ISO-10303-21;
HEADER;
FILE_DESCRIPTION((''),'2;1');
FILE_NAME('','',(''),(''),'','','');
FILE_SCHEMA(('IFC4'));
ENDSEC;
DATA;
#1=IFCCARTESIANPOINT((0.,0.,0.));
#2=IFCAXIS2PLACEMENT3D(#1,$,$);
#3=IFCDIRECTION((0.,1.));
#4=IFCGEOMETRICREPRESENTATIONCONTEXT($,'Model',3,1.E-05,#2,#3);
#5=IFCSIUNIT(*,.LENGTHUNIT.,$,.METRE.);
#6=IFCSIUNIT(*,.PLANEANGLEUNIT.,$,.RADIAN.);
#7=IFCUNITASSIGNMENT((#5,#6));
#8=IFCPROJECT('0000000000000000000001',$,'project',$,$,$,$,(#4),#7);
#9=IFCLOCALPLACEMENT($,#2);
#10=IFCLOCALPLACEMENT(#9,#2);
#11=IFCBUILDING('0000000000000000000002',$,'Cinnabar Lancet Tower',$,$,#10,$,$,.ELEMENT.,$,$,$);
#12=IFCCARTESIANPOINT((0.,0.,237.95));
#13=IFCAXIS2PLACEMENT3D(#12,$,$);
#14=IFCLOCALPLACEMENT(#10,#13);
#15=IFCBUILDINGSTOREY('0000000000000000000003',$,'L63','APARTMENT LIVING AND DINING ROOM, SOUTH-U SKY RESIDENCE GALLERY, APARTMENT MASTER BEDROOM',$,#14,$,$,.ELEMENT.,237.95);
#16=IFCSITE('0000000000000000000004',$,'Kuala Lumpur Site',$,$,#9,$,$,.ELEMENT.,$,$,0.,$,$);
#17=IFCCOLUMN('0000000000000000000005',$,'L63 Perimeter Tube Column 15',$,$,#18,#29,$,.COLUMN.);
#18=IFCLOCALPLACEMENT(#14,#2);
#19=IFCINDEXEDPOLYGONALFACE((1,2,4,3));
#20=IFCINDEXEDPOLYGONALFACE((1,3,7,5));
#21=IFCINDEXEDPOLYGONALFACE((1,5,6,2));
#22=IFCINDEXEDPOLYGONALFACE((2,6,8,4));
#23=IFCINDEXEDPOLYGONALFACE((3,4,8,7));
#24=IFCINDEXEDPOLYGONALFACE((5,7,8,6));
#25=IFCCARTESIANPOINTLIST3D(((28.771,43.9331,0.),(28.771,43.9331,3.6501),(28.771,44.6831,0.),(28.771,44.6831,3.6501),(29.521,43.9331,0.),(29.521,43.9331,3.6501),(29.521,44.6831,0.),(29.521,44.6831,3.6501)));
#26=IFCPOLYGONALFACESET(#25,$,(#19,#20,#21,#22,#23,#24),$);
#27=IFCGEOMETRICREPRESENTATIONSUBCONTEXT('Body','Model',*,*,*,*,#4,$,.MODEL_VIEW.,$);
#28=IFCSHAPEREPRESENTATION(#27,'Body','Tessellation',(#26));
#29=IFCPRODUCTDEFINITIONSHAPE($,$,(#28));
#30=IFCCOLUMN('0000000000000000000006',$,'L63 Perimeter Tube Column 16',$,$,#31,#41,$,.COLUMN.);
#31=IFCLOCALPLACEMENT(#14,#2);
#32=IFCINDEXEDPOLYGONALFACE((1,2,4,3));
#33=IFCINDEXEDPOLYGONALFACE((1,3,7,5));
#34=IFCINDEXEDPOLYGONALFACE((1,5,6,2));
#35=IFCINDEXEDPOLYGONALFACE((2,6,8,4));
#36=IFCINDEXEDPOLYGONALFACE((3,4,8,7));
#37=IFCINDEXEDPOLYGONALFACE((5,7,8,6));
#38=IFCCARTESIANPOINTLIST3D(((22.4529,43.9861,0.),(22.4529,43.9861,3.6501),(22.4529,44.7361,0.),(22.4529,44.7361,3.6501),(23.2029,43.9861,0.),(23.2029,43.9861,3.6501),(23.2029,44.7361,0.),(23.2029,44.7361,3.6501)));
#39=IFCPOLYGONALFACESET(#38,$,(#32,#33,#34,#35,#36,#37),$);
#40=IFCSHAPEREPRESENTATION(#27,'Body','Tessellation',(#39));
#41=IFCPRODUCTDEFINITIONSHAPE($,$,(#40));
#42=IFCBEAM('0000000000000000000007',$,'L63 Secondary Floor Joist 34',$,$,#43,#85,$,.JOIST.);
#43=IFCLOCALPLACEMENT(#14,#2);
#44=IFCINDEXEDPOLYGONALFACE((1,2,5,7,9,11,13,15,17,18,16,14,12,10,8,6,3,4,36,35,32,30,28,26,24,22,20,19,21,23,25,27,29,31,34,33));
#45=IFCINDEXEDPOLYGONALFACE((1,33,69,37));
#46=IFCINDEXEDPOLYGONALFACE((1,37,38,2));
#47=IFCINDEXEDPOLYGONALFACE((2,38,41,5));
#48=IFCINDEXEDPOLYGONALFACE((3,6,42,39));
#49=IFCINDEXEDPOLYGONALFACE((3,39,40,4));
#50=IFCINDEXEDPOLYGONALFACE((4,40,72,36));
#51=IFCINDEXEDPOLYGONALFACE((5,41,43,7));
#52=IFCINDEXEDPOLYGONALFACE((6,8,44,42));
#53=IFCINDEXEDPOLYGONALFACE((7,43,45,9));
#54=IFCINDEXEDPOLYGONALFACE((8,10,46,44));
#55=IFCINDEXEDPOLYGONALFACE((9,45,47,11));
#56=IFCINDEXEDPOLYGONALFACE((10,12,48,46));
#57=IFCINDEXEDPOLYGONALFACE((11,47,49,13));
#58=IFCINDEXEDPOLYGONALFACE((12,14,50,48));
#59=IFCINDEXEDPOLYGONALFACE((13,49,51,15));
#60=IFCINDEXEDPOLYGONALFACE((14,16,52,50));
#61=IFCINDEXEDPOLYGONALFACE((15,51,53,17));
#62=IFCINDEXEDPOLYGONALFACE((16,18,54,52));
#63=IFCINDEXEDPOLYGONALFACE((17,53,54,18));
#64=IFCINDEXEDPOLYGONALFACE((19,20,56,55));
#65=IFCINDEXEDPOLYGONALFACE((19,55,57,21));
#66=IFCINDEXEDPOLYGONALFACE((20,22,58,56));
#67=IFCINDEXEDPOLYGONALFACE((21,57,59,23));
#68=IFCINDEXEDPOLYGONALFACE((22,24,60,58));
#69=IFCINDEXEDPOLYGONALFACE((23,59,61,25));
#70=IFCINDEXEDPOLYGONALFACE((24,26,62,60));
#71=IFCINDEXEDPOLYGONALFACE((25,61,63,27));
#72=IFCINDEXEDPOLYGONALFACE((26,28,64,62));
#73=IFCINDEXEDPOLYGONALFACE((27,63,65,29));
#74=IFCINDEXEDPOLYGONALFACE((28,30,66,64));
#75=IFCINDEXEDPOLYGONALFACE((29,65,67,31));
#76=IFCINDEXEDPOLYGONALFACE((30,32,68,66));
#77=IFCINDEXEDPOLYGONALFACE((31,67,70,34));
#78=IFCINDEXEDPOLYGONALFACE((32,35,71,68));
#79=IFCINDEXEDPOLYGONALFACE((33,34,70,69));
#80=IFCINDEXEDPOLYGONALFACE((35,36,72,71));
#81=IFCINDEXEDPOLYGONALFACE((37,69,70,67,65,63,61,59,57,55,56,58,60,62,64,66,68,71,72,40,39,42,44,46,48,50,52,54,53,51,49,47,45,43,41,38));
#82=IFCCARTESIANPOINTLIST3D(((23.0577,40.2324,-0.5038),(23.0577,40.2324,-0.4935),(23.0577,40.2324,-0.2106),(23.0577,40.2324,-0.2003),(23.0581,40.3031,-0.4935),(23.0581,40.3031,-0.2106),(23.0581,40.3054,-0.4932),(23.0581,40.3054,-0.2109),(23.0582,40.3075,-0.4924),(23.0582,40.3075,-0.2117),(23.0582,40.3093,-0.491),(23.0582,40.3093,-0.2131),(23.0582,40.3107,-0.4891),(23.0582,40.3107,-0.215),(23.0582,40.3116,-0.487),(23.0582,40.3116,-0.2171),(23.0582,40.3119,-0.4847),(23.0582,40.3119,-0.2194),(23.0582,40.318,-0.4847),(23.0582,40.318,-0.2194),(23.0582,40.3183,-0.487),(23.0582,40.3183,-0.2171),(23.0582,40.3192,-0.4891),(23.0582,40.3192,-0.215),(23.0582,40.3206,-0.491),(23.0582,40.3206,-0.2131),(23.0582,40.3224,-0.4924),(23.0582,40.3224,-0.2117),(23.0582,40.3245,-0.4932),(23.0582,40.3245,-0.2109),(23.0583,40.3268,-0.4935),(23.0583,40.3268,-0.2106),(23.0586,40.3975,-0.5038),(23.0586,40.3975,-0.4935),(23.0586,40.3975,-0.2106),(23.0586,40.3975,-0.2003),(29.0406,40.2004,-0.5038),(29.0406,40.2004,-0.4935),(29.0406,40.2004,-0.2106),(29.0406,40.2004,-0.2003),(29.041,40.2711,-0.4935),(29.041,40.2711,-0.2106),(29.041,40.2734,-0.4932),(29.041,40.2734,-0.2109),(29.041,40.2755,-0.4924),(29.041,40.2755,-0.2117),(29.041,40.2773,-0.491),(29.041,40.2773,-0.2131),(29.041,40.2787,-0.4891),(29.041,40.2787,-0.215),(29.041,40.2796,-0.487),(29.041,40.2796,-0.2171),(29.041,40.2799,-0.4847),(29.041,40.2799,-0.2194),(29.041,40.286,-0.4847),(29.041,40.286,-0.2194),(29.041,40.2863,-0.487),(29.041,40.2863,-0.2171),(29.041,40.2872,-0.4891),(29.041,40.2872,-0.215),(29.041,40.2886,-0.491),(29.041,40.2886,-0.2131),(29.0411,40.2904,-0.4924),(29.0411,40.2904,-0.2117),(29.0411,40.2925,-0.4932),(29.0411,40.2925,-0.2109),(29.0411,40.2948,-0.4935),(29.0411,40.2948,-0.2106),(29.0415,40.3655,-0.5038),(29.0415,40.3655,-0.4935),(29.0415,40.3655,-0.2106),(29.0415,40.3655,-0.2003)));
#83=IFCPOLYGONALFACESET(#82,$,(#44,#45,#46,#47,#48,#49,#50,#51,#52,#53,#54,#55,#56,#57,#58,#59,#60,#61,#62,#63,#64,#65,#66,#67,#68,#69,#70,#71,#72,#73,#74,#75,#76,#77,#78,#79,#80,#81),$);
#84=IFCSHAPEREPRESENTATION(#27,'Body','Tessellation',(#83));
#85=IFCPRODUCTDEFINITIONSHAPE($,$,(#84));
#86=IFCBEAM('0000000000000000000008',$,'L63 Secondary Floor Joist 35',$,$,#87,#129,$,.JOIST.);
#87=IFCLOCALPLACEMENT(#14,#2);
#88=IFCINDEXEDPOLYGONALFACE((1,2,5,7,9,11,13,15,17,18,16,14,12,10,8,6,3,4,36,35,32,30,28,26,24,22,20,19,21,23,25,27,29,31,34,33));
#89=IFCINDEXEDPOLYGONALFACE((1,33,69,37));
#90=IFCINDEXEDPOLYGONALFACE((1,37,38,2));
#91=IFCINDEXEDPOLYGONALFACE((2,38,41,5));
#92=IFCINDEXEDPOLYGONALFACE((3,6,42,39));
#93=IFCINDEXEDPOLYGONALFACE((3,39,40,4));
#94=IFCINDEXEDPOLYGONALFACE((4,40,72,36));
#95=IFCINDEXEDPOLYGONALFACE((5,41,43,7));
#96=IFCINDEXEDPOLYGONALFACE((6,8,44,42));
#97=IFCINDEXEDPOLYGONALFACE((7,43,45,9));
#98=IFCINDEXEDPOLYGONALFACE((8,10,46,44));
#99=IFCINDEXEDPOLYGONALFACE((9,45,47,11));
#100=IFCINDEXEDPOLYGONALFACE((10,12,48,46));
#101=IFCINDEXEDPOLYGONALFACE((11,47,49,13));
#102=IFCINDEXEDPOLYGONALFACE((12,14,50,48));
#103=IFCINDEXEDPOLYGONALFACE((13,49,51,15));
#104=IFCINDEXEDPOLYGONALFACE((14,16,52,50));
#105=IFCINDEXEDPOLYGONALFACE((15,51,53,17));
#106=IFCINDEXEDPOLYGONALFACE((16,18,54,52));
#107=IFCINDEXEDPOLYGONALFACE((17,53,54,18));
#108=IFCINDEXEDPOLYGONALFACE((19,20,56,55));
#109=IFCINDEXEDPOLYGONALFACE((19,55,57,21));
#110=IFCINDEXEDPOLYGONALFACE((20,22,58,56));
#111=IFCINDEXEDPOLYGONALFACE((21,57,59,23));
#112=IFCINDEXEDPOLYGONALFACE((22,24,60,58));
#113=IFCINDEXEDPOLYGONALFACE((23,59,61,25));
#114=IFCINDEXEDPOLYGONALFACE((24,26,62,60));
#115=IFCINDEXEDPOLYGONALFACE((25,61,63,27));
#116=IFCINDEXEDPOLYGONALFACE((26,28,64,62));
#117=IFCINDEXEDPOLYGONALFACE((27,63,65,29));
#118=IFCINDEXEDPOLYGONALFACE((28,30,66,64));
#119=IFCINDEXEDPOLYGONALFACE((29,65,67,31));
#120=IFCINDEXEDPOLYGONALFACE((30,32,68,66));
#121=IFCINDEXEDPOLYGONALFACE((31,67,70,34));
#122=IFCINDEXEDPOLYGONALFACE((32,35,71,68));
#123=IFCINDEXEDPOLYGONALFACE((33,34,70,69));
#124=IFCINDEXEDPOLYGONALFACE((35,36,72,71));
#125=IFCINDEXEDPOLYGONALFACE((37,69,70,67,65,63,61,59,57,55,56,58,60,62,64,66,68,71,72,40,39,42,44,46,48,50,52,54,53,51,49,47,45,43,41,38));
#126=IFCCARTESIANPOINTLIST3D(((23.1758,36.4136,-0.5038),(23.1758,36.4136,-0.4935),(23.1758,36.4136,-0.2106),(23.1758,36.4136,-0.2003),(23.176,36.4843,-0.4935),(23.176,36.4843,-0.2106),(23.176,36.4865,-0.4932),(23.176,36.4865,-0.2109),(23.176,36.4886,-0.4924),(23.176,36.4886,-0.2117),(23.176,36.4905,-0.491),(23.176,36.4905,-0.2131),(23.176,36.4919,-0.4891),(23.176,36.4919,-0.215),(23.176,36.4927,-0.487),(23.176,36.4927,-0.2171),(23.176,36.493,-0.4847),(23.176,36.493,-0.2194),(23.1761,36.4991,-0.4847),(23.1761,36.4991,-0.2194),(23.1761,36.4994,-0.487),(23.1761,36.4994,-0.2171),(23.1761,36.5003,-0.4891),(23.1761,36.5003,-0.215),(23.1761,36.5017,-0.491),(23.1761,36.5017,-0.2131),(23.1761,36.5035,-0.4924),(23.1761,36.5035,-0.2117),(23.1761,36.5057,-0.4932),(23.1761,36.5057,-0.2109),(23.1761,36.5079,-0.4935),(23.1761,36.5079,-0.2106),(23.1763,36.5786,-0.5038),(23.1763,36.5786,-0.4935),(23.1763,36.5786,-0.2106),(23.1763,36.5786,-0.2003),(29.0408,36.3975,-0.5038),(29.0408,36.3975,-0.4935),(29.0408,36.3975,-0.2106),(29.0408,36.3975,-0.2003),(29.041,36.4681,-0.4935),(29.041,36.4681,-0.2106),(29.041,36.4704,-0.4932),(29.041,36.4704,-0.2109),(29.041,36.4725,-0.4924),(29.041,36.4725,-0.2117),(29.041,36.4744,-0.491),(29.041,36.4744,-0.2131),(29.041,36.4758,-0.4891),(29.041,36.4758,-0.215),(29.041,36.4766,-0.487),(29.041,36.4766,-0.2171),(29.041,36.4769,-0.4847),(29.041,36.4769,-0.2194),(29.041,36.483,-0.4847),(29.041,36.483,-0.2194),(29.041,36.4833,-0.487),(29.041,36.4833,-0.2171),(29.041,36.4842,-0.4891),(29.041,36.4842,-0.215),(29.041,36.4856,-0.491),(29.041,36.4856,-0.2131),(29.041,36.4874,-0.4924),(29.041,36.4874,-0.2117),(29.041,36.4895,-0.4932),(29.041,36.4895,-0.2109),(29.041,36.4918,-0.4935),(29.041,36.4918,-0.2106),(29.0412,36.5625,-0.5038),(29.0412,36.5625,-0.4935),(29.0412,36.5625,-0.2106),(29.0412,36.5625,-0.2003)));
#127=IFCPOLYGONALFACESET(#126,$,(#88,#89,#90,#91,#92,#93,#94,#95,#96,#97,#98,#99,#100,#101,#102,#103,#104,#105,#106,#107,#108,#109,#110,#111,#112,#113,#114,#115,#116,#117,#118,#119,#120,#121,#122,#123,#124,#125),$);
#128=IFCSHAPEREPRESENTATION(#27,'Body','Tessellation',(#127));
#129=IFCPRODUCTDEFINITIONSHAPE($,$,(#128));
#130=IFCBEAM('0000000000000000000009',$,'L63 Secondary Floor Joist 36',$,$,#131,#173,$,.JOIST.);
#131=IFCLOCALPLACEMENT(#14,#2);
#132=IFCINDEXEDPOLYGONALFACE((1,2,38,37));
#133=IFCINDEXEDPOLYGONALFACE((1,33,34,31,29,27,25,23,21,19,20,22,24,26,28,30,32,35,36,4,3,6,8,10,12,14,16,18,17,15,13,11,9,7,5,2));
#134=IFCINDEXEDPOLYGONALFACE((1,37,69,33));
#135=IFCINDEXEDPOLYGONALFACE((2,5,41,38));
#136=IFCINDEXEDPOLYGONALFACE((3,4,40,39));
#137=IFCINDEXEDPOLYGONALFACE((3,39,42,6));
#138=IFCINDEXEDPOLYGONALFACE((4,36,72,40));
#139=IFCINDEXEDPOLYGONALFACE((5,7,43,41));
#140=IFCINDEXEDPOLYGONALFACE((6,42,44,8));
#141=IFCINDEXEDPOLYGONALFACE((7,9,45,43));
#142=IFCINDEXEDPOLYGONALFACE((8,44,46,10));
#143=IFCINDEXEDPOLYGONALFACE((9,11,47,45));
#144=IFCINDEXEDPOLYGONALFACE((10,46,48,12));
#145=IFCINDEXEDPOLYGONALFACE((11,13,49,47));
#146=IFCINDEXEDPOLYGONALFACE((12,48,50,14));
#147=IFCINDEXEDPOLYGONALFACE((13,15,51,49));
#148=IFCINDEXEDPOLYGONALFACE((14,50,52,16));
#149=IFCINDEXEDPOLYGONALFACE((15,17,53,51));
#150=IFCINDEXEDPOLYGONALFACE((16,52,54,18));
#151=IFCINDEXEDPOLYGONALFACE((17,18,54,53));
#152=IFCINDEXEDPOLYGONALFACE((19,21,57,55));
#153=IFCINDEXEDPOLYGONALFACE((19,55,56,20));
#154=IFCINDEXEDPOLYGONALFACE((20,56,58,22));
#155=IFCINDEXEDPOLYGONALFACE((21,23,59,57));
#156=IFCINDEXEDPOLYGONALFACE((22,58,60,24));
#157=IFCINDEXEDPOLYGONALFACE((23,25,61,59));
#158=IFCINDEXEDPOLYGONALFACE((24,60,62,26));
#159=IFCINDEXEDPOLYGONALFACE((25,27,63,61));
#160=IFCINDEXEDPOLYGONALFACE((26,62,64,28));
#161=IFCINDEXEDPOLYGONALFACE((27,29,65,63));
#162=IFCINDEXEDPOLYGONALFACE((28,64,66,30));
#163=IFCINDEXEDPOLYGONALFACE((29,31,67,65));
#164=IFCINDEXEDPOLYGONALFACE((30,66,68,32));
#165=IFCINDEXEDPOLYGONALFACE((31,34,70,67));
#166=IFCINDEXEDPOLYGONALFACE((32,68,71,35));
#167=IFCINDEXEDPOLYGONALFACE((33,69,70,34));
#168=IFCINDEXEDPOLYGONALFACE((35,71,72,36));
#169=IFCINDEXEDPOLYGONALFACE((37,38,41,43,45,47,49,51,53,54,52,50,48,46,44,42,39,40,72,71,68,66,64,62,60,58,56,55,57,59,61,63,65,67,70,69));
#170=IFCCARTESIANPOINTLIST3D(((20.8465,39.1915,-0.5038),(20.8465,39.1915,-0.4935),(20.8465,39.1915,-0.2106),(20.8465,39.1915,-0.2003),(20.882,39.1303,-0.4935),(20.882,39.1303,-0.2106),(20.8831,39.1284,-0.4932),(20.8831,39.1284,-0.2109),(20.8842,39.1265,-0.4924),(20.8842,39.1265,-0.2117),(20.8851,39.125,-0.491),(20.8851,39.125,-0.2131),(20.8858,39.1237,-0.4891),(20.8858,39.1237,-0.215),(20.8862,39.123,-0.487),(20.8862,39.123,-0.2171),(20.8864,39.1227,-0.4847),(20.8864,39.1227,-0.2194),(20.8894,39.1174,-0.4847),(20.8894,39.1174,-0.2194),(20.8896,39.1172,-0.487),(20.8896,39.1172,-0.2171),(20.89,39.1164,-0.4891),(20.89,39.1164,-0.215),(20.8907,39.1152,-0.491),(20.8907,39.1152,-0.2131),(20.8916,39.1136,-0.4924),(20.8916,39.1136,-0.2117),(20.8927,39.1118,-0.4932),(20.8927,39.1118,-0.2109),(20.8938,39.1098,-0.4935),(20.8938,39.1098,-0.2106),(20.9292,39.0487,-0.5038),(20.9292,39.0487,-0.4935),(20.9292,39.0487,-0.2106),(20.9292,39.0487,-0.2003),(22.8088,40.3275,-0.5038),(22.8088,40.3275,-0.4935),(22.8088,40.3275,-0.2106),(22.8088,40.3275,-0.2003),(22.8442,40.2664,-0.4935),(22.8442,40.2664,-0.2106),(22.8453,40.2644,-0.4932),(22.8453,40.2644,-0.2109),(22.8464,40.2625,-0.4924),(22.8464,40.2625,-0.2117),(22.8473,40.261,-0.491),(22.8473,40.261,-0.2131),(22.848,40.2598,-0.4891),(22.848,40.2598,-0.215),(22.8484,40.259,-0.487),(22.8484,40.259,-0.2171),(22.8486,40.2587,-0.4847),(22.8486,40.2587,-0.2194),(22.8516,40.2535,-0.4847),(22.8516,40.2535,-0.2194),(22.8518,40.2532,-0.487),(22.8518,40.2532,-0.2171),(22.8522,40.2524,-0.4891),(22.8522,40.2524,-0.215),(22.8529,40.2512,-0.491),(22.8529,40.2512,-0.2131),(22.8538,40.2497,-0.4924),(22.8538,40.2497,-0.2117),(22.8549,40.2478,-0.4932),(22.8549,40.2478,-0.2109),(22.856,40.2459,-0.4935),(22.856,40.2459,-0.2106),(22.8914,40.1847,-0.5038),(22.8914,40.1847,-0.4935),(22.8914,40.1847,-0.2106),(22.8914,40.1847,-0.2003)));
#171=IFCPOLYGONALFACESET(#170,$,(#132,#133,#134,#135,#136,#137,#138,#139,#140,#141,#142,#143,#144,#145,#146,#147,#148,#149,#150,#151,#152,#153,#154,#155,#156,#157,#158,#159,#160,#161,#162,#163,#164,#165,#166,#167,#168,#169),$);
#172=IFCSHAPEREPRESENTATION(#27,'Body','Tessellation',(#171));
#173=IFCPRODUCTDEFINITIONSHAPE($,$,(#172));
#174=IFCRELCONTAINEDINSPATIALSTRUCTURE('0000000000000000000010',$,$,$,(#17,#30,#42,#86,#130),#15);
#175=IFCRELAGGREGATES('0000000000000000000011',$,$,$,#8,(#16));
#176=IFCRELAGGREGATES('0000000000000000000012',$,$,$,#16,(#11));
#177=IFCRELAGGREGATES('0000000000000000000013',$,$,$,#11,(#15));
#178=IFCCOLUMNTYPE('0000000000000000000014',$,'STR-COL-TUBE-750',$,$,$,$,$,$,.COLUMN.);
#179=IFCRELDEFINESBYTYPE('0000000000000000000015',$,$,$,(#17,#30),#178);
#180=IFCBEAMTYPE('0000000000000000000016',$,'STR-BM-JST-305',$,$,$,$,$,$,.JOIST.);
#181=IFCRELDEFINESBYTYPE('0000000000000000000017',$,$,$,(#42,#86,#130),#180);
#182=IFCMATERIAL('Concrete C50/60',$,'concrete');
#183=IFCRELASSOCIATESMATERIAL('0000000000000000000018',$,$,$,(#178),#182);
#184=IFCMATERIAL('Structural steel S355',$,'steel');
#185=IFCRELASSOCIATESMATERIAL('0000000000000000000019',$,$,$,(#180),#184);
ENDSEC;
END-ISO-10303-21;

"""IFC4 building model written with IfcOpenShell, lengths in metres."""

from ifc_helpers import new_model, si_unit, direction, frame, origin, origin_2d, place, context, subcontext, project, spatial, rectangle, i_section, extrude, material, material_profile, profile_set, type_object, element, save


model = new_model("IFC4")

# Units and contexts
model_context = context("Model", 3, precision=1e-05, world=origin(), true_north=direction((0.0, 1.0)))
body_context = subcontext(model_context, "Body", "Model", "MODEL_VIEW")
ifc_project = project(units=[si_unit("LENGTHUNIT", "METRE"), si_unit("PLANEANGLEUNIT", "RADIAN")], contexts=[model_context])

# Site, building, storey
site_placement = place(None, origin())
site = spatial("IfcSite", under=ifc_project, at=site_placement, Name="Kuala Lumpur Site", CompositionType="ELEMENT", RefElevation=0.0)
building_placement = place(site_placement, origin())
building = spatial("IfcBuilding", under=site, at=building_placement, Name="Cinnabar Lancet Tower", CompositionType="ELEMENT")
storey_placement = place(building_placement, frame((0.0, 0.0, 237.95)))
storey = spatial("IfcBuildingStorey", under=building, at=storey_placement, Name="L63", Description="APARTMENT LIVING AND DINING ROOM, SOUTH-U SKY RESIDENCE GALLERY, APARTMENT MASTER BEDROOM", CompositionType="ELEMENT", Elevation=237.95)

# Columns
ifc_material_1 = material(Name="Concrete C50/60", Category="concrete")
ifc_material_profile_1 = material_profile(ifc_material_1, rectangle(XDim=0.75, YDim=0.75, at=origin_2d()), Name="RC-COL 750x750")
ifc_profile_set_1 = profile_set([ifc_material_profile_1], Name="Concrete C50/60")
column_type = type_object("IfcColumnType", Name="STR-COL-TUBE-750", PredefinedType="COLUMN", material=ifc_profile_set_1)
for number, where, z_axis, x_axis, name in (
    (1, (29.146, 44.3081, 0.0), (0.0, 0.0, 1.0), (1.0, 0.0, 0.0), "L63 Perimeter Tube Column 15"),
    (2, (22.8279, 44.3611, 0.0), (0.0, 0.0, 1.0), (1.0, 0.0, 0.0), "L63 Perimeter Tube Column 16"),
):
    element("IfcColumn", number, at=place(storey_placement, frame(where, z_axis=z_axis, x_axis=x_axis)), inside=storey, type_object=column_type, Name=name, PredefinedType="COLUMN", context=body_context, shape_type="SweptSolid", body=[
        extrude(rectangle(XDim=0.75, YDim=0.75, at=origin_2d()), origin(), (0.0, 0.0, 1.0), 3.6501),
    ])

# Beams
ifc_material_2 = material(Name="Structural steel S355", Category="steel")
ifc_material_profile_2 = material_profile(ifc_material_2, i_section(OverallWidth=0.165, OverallDepth=0.3035, WebThickness=0.0061, FlangeThickness=0.0103, FilletRadius=0.0088, at=origin_2d()), Name="UKB 305x165x40")
ifc_profile_set_2 = profile_set([ifc_material_profile_2], Name="Structural steel S355")
beam_type_1 = type_object("IfcBeamType", Name="STR-BM-JST-305", PredefinedType="JOIST", material=ifc_profile_set_2)
beam_1_placement = place(storey_placement, frame((29.041, 40.283, -0.3521), z_axis=(-0.999986, 0.005346, 0.0), x_axis=(-0.005346, -0.999986, 0.0)))
element("IfcBeam", 3, at=beam_1_placement, inside=storey, type_object=beam_type_1, Name="L63 Secondary Floor Joist 34", PredefinedType="JOIST", context=body_context, shape_type="SweptSolid", body=[
    extrude(i_section(OverallWidth=0.165, OverallDepth=0.3035, WebThickness=0.0061, FlangeThickness=0.0103, FilletRadius=0.0088, at=origin_2d()), origin(), (0.0, 0.0, 1.0), 5.9829),
])
beam_2_placement = place(storey_placement, frame((29.041, 36.48, -0.3521), z_axis=(-0.999996, 0.002747, 0.0), x_axis=(-0.002747, -0.999996, 0.0)))
element("IfcBeam", 4, at=beam_2_placement, inside=storey, type_object=beam_type_1, Name="L63 Secondary Floor Joist 35", PredefinedType="JOIST", context=body_context, shape_type="SweptSolid", body=[
    extrude(i_section(OverallWidth=0.165, OverallDepth=0.3035, WebThickness=0.0061, FlangeThickness=0.0103, FilletRadius=0.0088, at=origin_2d()), origin(), (0.0, 0.0, 1.0), 5.865),
])
beam_3_placement = place(storey_placement, frame((22.8501, 40.2561, -0.3521), z_axis=(-0.865426, -0.501036, 0.0), x_axis=(0.501036, -0.865426, 0.0)))
element("IfcBeam", 5, at=beam_3_placement, inside=storey, type_object=beam_type_1, Name="L63 Secondary Floor Joist 36", PredefinedType="JOIST", context=body_context, shape_type="SweptSolid", body=[
    extrude(i_section(OverallWidth=0.165, OverallDepth=0.3035, WebThickness=0.0061, FlangeThickness=0.0103, FilletRadius=0.0088, at=origin_2d()), origin(), (0.0, 0.0, 1.0), 2.2673),
])

save(model, "model.ifc")
